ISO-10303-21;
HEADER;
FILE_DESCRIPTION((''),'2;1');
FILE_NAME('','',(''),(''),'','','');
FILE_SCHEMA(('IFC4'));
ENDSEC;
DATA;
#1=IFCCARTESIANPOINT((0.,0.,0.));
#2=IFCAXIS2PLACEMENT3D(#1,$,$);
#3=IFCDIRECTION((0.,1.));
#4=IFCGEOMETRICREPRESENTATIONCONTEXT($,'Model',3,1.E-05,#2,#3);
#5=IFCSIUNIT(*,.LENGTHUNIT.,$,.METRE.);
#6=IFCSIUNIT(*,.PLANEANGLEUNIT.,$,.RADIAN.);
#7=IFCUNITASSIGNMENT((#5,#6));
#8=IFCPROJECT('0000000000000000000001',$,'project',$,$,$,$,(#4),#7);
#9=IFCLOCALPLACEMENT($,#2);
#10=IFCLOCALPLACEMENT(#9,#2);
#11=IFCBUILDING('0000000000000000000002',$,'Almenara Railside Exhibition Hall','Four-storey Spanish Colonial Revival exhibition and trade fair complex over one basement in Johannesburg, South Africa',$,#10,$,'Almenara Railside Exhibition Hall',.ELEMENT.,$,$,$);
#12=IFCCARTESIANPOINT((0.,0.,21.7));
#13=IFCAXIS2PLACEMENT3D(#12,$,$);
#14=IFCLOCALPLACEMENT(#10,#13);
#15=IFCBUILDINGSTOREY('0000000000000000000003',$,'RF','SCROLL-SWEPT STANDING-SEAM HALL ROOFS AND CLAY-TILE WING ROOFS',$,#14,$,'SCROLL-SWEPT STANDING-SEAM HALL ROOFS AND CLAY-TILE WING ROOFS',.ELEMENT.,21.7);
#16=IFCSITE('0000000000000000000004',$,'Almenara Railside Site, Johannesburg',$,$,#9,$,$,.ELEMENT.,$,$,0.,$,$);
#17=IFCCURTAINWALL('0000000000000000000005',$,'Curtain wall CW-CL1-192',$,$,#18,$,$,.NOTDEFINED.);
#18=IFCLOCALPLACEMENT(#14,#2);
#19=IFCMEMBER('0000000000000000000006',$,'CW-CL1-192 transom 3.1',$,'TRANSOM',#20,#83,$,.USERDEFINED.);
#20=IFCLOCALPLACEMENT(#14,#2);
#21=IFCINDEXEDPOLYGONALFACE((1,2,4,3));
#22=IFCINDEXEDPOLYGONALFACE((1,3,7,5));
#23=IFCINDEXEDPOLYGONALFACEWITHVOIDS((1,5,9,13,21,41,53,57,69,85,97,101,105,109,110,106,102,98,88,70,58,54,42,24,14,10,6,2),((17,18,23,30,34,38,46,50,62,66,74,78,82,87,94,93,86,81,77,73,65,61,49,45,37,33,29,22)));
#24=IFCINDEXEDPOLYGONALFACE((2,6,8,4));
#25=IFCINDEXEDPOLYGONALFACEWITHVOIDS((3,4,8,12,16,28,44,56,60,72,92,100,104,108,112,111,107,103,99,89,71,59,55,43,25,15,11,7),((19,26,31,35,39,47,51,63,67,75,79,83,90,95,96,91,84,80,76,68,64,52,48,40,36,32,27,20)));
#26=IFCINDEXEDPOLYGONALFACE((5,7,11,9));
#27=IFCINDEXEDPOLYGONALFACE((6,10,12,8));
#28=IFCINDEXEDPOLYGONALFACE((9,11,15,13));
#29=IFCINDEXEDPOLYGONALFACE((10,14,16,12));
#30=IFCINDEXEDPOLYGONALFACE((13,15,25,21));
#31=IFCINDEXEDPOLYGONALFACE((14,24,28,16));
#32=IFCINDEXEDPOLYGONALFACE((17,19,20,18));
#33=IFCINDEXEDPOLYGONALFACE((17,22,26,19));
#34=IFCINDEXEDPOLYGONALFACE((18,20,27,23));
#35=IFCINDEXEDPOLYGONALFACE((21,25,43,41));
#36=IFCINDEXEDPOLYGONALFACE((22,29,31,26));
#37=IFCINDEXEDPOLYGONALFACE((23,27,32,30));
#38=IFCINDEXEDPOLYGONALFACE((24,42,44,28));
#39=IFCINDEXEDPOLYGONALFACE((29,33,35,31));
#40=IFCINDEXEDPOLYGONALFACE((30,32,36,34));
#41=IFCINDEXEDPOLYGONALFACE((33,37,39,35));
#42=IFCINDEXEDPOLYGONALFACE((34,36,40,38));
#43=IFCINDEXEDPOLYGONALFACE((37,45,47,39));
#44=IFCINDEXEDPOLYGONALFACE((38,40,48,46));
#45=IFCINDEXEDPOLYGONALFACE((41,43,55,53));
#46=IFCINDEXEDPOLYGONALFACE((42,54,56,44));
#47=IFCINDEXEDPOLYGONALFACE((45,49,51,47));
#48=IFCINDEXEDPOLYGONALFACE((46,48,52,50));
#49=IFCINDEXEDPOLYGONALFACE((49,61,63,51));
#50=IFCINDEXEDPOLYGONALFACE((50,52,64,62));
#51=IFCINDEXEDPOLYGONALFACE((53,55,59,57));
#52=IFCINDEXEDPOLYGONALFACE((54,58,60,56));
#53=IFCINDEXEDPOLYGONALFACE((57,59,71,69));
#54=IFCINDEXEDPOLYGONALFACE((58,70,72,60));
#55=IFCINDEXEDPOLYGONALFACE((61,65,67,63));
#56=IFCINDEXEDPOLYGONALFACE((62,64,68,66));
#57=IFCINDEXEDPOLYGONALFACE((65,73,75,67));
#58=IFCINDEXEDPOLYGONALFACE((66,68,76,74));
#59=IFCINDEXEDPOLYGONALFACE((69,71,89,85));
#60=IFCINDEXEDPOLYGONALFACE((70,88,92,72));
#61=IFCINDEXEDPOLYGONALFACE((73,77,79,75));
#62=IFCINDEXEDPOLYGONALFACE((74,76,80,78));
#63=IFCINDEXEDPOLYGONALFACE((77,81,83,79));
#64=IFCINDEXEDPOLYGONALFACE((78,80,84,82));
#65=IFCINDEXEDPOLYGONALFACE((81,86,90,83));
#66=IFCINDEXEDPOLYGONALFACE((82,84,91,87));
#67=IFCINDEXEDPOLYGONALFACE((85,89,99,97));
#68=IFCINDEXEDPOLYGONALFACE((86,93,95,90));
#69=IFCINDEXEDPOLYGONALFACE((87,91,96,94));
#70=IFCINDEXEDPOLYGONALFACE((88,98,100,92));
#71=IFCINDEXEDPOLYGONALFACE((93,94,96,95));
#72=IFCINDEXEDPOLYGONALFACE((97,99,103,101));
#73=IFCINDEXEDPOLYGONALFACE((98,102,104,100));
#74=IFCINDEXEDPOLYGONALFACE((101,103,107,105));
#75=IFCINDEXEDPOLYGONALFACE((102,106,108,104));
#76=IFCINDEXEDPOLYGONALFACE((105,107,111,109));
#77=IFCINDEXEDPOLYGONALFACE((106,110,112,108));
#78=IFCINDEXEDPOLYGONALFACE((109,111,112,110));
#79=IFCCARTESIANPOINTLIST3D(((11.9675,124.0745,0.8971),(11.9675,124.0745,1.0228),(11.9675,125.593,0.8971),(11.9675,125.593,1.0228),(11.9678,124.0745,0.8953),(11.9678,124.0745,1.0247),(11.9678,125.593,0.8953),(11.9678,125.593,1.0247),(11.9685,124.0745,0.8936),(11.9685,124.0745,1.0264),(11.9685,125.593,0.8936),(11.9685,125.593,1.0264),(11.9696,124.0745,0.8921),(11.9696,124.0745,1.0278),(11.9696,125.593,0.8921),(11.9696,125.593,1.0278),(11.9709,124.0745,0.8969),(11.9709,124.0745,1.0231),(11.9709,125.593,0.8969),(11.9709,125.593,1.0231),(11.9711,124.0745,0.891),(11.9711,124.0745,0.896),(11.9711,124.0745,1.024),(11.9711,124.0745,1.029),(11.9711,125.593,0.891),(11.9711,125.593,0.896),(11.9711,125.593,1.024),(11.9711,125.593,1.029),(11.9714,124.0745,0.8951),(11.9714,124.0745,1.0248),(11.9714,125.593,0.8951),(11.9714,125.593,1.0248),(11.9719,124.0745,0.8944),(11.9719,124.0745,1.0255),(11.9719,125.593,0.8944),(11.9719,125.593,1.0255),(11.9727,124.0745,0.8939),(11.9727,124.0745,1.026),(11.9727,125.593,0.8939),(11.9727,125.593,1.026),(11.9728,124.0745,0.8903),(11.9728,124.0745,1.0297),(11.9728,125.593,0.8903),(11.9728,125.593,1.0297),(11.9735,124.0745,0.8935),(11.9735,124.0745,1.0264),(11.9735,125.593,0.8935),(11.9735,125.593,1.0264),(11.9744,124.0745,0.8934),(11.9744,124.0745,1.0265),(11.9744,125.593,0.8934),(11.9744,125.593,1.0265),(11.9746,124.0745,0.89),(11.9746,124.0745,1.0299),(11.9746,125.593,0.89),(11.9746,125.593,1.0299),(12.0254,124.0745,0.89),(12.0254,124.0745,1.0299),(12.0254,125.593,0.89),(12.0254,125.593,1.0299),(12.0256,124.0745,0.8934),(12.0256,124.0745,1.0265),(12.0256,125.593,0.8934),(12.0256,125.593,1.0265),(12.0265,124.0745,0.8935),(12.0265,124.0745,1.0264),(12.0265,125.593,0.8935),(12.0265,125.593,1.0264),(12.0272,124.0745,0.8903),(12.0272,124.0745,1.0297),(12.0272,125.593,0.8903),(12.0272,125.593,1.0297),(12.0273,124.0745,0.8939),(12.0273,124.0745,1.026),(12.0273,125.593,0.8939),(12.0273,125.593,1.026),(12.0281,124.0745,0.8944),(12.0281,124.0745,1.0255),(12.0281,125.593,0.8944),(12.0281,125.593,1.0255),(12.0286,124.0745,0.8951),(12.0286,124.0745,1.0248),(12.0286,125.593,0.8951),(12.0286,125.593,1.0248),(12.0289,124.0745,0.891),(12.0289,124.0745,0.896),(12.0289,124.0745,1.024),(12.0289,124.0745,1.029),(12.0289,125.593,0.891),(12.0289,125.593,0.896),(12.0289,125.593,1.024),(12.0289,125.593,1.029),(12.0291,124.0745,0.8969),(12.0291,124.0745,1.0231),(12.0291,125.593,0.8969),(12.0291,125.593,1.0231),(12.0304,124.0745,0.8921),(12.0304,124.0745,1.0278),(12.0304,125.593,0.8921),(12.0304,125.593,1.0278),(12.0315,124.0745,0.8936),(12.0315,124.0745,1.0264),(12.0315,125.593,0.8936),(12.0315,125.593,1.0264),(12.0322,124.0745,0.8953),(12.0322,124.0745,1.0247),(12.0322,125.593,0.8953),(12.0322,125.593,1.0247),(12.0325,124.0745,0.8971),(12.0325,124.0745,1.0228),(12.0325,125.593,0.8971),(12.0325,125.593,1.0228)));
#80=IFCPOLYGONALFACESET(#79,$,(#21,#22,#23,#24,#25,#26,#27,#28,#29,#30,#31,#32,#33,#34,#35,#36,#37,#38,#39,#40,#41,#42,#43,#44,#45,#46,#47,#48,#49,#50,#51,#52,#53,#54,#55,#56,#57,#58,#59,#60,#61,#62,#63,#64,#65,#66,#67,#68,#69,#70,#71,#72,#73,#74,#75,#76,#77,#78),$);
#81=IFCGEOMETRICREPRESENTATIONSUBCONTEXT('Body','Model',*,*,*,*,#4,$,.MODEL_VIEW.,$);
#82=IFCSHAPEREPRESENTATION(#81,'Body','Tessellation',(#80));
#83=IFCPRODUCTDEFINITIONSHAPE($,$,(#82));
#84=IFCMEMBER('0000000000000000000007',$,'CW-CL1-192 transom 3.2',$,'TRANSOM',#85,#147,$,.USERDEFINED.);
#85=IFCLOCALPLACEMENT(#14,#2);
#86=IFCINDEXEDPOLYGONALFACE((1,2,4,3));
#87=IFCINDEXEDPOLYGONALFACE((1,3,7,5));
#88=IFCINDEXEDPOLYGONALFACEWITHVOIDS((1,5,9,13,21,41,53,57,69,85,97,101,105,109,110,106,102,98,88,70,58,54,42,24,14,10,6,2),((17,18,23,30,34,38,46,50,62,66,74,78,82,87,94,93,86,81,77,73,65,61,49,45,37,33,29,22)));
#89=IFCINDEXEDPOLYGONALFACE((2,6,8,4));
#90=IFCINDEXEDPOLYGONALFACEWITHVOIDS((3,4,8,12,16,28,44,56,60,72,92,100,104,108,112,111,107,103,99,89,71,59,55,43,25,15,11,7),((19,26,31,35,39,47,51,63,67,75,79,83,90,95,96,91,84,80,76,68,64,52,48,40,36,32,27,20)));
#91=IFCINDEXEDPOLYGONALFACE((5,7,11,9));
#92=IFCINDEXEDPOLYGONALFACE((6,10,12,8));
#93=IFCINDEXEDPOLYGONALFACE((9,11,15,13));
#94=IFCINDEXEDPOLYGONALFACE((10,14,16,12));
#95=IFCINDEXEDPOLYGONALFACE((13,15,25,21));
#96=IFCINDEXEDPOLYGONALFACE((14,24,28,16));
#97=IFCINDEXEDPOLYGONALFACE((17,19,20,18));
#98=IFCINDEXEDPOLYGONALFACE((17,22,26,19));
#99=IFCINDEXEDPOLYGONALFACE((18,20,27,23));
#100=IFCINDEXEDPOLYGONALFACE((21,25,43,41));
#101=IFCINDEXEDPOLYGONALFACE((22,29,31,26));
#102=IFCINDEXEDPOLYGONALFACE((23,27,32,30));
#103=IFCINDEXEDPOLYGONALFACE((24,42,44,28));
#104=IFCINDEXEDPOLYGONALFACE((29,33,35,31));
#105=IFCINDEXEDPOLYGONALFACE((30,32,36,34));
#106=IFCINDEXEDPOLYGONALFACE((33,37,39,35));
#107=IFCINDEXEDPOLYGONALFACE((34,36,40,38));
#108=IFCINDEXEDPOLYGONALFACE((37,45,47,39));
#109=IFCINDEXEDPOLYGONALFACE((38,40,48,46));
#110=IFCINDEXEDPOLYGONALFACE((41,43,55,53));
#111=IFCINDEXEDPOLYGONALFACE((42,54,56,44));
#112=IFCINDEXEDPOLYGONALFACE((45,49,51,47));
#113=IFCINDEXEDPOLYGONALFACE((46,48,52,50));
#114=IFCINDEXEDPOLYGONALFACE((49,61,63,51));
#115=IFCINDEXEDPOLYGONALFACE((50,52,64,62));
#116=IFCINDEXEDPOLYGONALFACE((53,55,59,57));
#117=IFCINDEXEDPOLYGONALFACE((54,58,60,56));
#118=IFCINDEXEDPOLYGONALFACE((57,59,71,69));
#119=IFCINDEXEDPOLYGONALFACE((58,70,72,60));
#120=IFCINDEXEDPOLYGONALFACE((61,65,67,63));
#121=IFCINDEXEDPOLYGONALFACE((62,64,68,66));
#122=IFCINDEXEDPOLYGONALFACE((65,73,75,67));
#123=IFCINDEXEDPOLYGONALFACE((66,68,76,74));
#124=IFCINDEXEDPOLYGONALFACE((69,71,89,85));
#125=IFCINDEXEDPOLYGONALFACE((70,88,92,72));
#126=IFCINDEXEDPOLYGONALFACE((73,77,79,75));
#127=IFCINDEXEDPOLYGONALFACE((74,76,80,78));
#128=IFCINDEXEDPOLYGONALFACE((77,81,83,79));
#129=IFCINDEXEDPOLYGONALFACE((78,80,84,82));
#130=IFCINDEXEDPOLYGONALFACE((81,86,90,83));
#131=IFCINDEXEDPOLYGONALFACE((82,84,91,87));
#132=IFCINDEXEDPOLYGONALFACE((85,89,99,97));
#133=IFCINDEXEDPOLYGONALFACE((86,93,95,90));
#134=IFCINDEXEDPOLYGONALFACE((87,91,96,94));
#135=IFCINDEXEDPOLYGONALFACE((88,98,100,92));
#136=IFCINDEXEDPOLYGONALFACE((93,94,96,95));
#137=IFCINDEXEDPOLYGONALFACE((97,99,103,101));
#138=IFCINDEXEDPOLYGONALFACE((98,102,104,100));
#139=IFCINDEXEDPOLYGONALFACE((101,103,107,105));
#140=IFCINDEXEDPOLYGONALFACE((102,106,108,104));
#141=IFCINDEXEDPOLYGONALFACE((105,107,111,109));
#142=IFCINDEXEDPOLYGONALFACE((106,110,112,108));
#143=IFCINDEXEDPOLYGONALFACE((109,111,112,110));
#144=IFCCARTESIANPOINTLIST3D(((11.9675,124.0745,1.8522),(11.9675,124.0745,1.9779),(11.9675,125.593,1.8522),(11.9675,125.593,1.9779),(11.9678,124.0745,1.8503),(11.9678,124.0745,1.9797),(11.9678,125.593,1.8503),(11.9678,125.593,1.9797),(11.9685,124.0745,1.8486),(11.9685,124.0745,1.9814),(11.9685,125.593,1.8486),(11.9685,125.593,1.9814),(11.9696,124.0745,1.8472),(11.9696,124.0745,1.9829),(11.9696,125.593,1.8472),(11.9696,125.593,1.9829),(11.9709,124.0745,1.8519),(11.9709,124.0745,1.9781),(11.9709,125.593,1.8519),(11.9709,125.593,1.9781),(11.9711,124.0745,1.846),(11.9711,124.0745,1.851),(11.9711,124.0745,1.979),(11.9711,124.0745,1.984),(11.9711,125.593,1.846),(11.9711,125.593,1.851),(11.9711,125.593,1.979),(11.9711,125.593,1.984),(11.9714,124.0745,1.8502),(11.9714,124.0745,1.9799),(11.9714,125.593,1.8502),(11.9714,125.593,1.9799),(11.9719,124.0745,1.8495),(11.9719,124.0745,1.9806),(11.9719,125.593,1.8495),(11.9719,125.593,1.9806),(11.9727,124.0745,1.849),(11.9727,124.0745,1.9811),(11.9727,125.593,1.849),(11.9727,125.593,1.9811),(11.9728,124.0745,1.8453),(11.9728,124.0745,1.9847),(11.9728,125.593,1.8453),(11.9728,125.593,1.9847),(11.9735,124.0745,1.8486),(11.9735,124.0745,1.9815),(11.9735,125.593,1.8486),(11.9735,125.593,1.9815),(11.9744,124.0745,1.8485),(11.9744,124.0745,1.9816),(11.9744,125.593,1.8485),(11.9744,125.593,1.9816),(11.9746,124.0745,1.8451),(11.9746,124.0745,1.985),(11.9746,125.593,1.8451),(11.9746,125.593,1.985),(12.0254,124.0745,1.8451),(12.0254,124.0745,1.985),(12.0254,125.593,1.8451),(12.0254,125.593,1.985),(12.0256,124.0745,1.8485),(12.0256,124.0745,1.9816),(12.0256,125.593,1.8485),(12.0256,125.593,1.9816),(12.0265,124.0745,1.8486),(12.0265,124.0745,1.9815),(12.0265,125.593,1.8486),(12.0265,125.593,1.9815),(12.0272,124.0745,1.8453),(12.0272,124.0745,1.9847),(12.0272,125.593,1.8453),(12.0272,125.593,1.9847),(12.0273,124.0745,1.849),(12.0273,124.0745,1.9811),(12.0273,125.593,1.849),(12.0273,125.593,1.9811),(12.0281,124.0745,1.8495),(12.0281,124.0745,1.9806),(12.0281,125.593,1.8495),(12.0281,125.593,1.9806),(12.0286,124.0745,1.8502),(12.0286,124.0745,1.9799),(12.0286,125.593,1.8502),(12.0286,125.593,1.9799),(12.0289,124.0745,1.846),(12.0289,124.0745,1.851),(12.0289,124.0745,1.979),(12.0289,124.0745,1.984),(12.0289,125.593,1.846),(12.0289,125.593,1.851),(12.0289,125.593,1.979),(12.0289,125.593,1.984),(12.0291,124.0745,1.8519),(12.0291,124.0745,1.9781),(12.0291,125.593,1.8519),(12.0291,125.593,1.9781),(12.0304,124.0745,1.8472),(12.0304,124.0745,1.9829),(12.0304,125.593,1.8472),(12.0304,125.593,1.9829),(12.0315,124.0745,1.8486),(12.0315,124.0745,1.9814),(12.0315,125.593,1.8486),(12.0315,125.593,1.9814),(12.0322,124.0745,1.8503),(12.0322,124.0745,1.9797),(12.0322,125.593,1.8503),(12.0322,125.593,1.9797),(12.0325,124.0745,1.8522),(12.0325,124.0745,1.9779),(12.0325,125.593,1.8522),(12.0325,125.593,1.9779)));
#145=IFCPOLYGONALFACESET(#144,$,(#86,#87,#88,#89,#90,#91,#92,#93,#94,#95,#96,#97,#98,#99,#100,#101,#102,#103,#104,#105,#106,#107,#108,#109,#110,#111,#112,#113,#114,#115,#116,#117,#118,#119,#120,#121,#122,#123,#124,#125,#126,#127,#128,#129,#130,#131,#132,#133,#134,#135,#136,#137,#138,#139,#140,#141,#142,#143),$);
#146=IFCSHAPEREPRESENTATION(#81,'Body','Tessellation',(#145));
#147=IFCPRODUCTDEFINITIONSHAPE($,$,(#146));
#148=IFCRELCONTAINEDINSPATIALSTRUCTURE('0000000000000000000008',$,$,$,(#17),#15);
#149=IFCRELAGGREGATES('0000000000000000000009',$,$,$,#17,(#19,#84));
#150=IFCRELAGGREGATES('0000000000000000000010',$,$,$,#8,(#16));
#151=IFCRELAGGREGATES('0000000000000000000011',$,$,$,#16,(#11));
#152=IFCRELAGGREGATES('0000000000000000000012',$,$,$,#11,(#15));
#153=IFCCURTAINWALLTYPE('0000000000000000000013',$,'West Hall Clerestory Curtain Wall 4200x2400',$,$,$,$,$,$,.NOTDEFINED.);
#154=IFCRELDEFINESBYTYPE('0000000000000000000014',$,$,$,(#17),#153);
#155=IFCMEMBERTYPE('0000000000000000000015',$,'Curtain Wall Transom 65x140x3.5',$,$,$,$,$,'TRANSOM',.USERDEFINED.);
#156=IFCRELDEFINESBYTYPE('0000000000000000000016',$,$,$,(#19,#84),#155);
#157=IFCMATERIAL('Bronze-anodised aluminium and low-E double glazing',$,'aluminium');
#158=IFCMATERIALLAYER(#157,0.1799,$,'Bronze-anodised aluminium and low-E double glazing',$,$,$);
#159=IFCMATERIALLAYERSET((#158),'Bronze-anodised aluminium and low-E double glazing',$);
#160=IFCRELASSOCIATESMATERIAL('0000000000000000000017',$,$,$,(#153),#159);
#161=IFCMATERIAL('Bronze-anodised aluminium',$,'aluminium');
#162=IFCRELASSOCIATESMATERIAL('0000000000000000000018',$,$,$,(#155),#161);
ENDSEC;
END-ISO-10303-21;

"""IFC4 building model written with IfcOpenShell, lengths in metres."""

from ifc_helpers import new_model, si_unit, direction, frame, origin, origin_2d, place, context, subcontext, project, spatial, hollow_rectangle, extrude, material, layer, layer_set, material_profile, profile_set, type_object, element, aggregate, save


model = new_model("IFC4")

# Units and contexts
model_context = context("Model", 3, precision=1e-05, world=origin(), true_north=direction((0.0, 1.0)))
body_context = subcontext(model_context, "Body", "Model", "MODEL_VIEW")
ifc_project = project(units=[si_unit("LENGTHUNIT", "METRE"), si_unit("PLANEANGLEUNIT", "RADIAN")], contexts=[model_context])

# Site, building, storey
site_placement = place(None, origin())
site = spatial("IfcSite", under=ifc_project, at=site_placement, Name="Almenara Railside Site, Johannesburg", CompositionType="ELEMENT", RefElevation=0.0)
building_placement = place(site_placement, origin())
building = spatial("IfcBuilding", under=site, at=building_placement, Name="Almenara Railside Exhibition Hall", Description="Four-storey Spanish Colonial Revival exhibition and trade fair complex over one basement in Johannesburg, South Africa", LongName="Almenara Railside Exhibition Hall", CompositionType="ELEMENT")
storey_placement = place(building_placement, frame((0.0, 0.0, 21.7)))
storey = spatial("IfcBuildingStorey", under=building, at=storey_placement, Name="RF", Description="SCROLL-SWEPT STANDING-SEAM HALL ROOFS AND CLAY-TILE WING ROOFS", LongName="SCROLL-SWEPT STANDING-SEAM HALL ROOFS AND CLAY-TILE WING ROOFS", CompositionType="ELEMENT", Elevation=21.7)

# Shared definitions
ifc_material_1 = material(Name="Bronze-anodised aluminium and low-E double glazing", Category="aluminium")
ifc_layer_1 = layer(ifc_material_1, 0.1799, Name="Bronze-anodised aluminium and low-E double glazing")
ifc_layer_set_1 = layer_set([ifc_layer_1], Name="Bronze-anodised aluminium and low-E double glazing")
curtain_wall_type = type_object("IfcCurtainWallType", Name="West Hall Clerestory Curtain Wall 4200x2400", PredefinedType="NOTDEFINED", material=ifc_layer_set_1)
ifc_material_2 = material(Name="Bronze-anodised aluminium", Category="aluminium")

# Curtain wall, members
curtain_wall_1_placement = place(storey_placement, origin())
curtain_wall_1 = element("IfcCurtainWall", 1, at=curtain_wall_1_placement, inside=storey, type_object=curtain_wall_type, Name="Curtain wall CW-CL1-192", PredefinedType="NOTDEFINED")
ifc_material_profile_1 = material_profile(ifc_material_2, hollow_rectangle(XDim=0.0649, YDim=0.1399, WallThickness=0.0034, InnerFilletRadius=0.0034, OuterFilletRadius=0.0071, at=origin_2d()), Name="ALU-TRN 65x140x3.5")
ifc_profile_set_1 = profile_set([ifc_material_profile_1], Name="Bronze-anodised aluminium")
member_type_1 = type_object("IfcMemberType", Name="Curtain Wall Transom 65x140x3.5", ElementType="TRANSOM", PredefinedType="USERDEFINED", material=ifc_profile_set_1)
member_1_placement = place(storey_placement, frame((12.0, 124.0745, 0.96), z_axis=(0.0, 1.0, 0.0), x_axis=(-1.0, 0.0, 0.0)))
member_1 = element("IfcMember", 2, at=member_1_placement, type_object=member_type_1, Name="CW-CL1-192 transom 3.1", ObjectType="TRANSOM", PredefinedType="USERDEFINED", context=body_context, shape_type="SweptSolid", body=[
    extrude(hollow_rectangle(XDim=0.0649, YDim=0.1399, WallThickness=0.0034, InnerFilletRadius=0.0034, OuterFilletRadius=0.0071, at=origin_2d()), origin(), (0.0, 0.0, 1.0), 1.5186),
])
member_2_placement = place(storey_placement, frame((12.0, 124.0745, 1.915), z_axis=(0.0, 1.0, 0.0), x_axis=(-1.0, 0.0, 0.0)))
member_2 = element("IfcMember", 3, at=member_2_placement, type_object=member_type_1, Name="CW-CL1-192 transom 3.2", ObjectType="TRANSOM", PredefinedType="USERDEFINED", context=body_context, shape_type="SweptSolid", body=[
    extrude(hollow_rectangle(XDim=0.0649, YDim=0.1399, WallThickness=0.0034, InnerFilletRadius=0.0034, OuterFilletRadius=0.0071, at=origin_2d()), origin(), (0.0, 0.0, 1.0), 1.5186),
])

aggregate(curtain_wall_1, [member_1, member_2])

save(model, "model.ifc")
